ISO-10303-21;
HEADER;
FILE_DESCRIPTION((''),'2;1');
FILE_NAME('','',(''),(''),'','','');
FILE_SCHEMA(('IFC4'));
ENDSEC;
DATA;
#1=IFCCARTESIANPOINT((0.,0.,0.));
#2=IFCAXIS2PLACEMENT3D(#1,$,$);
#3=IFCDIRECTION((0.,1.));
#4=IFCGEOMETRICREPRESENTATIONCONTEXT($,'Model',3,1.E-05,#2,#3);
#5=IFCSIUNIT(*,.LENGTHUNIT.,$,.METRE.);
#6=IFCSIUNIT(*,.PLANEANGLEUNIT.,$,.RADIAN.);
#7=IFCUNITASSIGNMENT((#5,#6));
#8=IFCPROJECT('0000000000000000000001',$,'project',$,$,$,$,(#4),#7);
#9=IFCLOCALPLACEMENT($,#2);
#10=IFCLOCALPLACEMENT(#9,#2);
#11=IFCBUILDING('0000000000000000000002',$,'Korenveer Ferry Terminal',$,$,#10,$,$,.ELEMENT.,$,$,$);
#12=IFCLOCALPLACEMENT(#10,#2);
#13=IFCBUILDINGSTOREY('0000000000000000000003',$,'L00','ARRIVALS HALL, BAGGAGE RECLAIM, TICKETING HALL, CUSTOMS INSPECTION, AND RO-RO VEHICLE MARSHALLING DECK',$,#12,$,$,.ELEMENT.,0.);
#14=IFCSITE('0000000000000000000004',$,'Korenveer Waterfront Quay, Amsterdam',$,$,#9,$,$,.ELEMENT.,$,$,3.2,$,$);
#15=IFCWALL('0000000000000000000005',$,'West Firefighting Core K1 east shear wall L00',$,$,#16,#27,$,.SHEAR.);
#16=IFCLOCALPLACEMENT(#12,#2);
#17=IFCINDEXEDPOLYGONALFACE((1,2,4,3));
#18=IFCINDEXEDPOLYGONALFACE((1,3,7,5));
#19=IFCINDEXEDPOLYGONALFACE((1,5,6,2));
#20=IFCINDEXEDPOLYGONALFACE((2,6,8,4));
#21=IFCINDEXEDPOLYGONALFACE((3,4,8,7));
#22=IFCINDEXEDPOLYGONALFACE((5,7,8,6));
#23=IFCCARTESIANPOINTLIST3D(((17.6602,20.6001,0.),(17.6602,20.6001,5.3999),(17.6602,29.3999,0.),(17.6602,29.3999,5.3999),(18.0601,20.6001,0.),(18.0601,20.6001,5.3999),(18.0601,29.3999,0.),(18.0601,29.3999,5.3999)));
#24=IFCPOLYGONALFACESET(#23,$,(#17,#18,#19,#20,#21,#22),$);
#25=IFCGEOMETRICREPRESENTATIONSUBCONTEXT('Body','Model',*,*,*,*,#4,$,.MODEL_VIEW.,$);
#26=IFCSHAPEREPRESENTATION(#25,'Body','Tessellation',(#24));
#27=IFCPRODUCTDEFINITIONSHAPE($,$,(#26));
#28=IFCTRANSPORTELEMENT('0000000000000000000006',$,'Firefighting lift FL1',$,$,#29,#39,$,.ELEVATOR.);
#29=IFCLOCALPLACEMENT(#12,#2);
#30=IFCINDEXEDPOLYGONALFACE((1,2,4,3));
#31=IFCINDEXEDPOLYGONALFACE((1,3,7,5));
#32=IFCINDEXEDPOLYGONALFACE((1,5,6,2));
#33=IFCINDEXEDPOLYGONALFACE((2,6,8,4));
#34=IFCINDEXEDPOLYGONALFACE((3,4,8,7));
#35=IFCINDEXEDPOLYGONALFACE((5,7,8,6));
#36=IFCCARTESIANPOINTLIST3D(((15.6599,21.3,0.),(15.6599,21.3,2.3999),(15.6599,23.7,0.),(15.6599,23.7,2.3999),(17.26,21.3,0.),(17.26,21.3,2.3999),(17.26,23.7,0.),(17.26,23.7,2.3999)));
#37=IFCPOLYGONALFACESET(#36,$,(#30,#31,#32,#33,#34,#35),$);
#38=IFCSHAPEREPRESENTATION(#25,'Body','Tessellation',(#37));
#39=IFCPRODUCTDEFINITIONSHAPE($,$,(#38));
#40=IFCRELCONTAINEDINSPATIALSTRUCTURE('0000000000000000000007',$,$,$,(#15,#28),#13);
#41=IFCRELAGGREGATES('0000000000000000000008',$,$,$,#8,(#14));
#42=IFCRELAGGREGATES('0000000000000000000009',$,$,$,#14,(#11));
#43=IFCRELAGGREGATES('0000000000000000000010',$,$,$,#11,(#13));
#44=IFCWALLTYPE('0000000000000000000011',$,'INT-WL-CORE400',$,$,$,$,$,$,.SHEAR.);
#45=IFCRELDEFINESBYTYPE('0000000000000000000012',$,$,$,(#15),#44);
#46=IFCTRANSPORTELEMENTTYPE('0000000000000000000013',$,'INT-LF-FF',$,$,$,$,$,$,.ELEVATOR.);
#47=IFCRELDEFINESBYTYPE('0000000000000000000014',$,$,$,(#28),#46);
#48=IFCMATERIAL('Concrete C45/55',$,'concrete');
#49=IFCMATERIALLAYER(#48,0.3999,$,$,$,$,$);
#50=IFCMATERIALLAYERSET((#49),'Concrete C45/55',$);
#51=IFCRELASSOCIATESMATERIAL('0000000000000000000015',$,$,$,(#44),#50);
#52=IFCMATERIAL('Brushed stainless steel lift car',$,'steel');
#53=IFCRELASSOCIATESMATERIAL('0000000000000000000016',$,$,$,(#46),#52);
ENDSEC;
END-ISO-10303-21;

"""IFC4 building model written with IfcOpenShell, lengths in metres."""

from ifc_helpers import new_model, si_unit, direction, frame, frame_2d, origin, origin_2d, place, context, subcontext, project, spatial, rectangle, extrude, material, layer, layer_set, type_object, element, save


model = new_model("IFC4")

# Units and contexts
model_context = context("Model", 3, precision=1e-05, world=origin(), true_north=direction((0.0, 1.0)))
body_context = subcontext(model_context, "Body", "Model", "MODEL_VIEW")
ifc_project = project(units=[si_unit("LENGTHUNIT", "METRE"), si_unit("PLANEANGLEUNIT", "RADIAN")], contexts=[model_context])

# Site, building, storey
site_placement = place(None, origin())
site = spatial("IfcSite", under=ifc_project, at=site_placement, Name="Korenveer Waterfront Quay, Amsterdam", CompositionType="ELEMENT", RefElevation=3.2)
building_placement = place(site_placement, origin())
building = spatial("IfcBuilding", under=site, at=building_placement, Name="Korenveer Ferry Terminal", CompositionType="ELEMENT")
storey_placement = place(building_placement, origin())
storey = spatial("IfcBuildingStorey", under=building, at=storey_placement, Name="L00", Description="ARRIVALS HALL, BAGGAGE RECLAIM, TICKETING HALL, CUSTOMS INSPECTION, AND RO-RO VEHICLE MARSHALLING DECK", CompositionType="ELEMENT", Elevation=0.0)

# Shared definitions
ifc_material_1 = material(Name="Concrete C45/55", Category="concrete")

# Wall
ifc_layer_1 = layer(ifc_material_1, 0.3999)
ifc_layer_set_1 = layer_set([ifc_layer_1], Name="Concrete C45/55")
wall_type_1 = type_object("IfcWallType", Name="INT-WL-CORE400", PredefinedType="SHEAR", material=ifc_layer_set_1)
wall_1_placement = place(storey_placement, frame((17.8601, 20.6001, 0.0), z_axis=(0.0, 0.0, 1.0), x_axis=(0.0, 1.0, 0.0)))
element("IfcWall", 1, at=wall_1_placement, inside=storey, type_object=wall_type_1, Name="West Firefighting Core K1 east shear wall L00", PredefinedType="SHEAR", context=body_context, shape_type="SweptSolid", body=[
    extrude(rectangle(XDim=8.7998, YDim=0.3999, at=frame_2d((4.3999, 0.0))), origin(), (0.0, 0.0, 1.0), 5.3999),
])

# Transport element
ifc_material_2 = material(Name="Brushed stainless steel lift car", Category="steel")
transport_element_type = type_object("IfcTransportElementType", Name="INT-LF-FF", PredefinedType="ELEVATOR", material=ifc_material_2)
transport_element_placement = place(storey_placement, frame((16.46, 22.5, 0.0), z_axis=(0.0, 0.0, 1.0), x_axis=(1.0, 0.0, 0.0)))
element("IfcTransportElement", 2, at=transport_element_placement, inside=storey, type_object=transport_element_type, Name="Firefighting lift FL1", PredefinedType="ELEVATOR", context=body_context, shape_type="SweptSolid", body=[
    extrude(rectangle(XDim=1.6001, YDim=2.3999, at=origin_2d()), origin(), (0.0, 0.0, 1.0), 2.3999),
])

save(model, "model.ifc")
